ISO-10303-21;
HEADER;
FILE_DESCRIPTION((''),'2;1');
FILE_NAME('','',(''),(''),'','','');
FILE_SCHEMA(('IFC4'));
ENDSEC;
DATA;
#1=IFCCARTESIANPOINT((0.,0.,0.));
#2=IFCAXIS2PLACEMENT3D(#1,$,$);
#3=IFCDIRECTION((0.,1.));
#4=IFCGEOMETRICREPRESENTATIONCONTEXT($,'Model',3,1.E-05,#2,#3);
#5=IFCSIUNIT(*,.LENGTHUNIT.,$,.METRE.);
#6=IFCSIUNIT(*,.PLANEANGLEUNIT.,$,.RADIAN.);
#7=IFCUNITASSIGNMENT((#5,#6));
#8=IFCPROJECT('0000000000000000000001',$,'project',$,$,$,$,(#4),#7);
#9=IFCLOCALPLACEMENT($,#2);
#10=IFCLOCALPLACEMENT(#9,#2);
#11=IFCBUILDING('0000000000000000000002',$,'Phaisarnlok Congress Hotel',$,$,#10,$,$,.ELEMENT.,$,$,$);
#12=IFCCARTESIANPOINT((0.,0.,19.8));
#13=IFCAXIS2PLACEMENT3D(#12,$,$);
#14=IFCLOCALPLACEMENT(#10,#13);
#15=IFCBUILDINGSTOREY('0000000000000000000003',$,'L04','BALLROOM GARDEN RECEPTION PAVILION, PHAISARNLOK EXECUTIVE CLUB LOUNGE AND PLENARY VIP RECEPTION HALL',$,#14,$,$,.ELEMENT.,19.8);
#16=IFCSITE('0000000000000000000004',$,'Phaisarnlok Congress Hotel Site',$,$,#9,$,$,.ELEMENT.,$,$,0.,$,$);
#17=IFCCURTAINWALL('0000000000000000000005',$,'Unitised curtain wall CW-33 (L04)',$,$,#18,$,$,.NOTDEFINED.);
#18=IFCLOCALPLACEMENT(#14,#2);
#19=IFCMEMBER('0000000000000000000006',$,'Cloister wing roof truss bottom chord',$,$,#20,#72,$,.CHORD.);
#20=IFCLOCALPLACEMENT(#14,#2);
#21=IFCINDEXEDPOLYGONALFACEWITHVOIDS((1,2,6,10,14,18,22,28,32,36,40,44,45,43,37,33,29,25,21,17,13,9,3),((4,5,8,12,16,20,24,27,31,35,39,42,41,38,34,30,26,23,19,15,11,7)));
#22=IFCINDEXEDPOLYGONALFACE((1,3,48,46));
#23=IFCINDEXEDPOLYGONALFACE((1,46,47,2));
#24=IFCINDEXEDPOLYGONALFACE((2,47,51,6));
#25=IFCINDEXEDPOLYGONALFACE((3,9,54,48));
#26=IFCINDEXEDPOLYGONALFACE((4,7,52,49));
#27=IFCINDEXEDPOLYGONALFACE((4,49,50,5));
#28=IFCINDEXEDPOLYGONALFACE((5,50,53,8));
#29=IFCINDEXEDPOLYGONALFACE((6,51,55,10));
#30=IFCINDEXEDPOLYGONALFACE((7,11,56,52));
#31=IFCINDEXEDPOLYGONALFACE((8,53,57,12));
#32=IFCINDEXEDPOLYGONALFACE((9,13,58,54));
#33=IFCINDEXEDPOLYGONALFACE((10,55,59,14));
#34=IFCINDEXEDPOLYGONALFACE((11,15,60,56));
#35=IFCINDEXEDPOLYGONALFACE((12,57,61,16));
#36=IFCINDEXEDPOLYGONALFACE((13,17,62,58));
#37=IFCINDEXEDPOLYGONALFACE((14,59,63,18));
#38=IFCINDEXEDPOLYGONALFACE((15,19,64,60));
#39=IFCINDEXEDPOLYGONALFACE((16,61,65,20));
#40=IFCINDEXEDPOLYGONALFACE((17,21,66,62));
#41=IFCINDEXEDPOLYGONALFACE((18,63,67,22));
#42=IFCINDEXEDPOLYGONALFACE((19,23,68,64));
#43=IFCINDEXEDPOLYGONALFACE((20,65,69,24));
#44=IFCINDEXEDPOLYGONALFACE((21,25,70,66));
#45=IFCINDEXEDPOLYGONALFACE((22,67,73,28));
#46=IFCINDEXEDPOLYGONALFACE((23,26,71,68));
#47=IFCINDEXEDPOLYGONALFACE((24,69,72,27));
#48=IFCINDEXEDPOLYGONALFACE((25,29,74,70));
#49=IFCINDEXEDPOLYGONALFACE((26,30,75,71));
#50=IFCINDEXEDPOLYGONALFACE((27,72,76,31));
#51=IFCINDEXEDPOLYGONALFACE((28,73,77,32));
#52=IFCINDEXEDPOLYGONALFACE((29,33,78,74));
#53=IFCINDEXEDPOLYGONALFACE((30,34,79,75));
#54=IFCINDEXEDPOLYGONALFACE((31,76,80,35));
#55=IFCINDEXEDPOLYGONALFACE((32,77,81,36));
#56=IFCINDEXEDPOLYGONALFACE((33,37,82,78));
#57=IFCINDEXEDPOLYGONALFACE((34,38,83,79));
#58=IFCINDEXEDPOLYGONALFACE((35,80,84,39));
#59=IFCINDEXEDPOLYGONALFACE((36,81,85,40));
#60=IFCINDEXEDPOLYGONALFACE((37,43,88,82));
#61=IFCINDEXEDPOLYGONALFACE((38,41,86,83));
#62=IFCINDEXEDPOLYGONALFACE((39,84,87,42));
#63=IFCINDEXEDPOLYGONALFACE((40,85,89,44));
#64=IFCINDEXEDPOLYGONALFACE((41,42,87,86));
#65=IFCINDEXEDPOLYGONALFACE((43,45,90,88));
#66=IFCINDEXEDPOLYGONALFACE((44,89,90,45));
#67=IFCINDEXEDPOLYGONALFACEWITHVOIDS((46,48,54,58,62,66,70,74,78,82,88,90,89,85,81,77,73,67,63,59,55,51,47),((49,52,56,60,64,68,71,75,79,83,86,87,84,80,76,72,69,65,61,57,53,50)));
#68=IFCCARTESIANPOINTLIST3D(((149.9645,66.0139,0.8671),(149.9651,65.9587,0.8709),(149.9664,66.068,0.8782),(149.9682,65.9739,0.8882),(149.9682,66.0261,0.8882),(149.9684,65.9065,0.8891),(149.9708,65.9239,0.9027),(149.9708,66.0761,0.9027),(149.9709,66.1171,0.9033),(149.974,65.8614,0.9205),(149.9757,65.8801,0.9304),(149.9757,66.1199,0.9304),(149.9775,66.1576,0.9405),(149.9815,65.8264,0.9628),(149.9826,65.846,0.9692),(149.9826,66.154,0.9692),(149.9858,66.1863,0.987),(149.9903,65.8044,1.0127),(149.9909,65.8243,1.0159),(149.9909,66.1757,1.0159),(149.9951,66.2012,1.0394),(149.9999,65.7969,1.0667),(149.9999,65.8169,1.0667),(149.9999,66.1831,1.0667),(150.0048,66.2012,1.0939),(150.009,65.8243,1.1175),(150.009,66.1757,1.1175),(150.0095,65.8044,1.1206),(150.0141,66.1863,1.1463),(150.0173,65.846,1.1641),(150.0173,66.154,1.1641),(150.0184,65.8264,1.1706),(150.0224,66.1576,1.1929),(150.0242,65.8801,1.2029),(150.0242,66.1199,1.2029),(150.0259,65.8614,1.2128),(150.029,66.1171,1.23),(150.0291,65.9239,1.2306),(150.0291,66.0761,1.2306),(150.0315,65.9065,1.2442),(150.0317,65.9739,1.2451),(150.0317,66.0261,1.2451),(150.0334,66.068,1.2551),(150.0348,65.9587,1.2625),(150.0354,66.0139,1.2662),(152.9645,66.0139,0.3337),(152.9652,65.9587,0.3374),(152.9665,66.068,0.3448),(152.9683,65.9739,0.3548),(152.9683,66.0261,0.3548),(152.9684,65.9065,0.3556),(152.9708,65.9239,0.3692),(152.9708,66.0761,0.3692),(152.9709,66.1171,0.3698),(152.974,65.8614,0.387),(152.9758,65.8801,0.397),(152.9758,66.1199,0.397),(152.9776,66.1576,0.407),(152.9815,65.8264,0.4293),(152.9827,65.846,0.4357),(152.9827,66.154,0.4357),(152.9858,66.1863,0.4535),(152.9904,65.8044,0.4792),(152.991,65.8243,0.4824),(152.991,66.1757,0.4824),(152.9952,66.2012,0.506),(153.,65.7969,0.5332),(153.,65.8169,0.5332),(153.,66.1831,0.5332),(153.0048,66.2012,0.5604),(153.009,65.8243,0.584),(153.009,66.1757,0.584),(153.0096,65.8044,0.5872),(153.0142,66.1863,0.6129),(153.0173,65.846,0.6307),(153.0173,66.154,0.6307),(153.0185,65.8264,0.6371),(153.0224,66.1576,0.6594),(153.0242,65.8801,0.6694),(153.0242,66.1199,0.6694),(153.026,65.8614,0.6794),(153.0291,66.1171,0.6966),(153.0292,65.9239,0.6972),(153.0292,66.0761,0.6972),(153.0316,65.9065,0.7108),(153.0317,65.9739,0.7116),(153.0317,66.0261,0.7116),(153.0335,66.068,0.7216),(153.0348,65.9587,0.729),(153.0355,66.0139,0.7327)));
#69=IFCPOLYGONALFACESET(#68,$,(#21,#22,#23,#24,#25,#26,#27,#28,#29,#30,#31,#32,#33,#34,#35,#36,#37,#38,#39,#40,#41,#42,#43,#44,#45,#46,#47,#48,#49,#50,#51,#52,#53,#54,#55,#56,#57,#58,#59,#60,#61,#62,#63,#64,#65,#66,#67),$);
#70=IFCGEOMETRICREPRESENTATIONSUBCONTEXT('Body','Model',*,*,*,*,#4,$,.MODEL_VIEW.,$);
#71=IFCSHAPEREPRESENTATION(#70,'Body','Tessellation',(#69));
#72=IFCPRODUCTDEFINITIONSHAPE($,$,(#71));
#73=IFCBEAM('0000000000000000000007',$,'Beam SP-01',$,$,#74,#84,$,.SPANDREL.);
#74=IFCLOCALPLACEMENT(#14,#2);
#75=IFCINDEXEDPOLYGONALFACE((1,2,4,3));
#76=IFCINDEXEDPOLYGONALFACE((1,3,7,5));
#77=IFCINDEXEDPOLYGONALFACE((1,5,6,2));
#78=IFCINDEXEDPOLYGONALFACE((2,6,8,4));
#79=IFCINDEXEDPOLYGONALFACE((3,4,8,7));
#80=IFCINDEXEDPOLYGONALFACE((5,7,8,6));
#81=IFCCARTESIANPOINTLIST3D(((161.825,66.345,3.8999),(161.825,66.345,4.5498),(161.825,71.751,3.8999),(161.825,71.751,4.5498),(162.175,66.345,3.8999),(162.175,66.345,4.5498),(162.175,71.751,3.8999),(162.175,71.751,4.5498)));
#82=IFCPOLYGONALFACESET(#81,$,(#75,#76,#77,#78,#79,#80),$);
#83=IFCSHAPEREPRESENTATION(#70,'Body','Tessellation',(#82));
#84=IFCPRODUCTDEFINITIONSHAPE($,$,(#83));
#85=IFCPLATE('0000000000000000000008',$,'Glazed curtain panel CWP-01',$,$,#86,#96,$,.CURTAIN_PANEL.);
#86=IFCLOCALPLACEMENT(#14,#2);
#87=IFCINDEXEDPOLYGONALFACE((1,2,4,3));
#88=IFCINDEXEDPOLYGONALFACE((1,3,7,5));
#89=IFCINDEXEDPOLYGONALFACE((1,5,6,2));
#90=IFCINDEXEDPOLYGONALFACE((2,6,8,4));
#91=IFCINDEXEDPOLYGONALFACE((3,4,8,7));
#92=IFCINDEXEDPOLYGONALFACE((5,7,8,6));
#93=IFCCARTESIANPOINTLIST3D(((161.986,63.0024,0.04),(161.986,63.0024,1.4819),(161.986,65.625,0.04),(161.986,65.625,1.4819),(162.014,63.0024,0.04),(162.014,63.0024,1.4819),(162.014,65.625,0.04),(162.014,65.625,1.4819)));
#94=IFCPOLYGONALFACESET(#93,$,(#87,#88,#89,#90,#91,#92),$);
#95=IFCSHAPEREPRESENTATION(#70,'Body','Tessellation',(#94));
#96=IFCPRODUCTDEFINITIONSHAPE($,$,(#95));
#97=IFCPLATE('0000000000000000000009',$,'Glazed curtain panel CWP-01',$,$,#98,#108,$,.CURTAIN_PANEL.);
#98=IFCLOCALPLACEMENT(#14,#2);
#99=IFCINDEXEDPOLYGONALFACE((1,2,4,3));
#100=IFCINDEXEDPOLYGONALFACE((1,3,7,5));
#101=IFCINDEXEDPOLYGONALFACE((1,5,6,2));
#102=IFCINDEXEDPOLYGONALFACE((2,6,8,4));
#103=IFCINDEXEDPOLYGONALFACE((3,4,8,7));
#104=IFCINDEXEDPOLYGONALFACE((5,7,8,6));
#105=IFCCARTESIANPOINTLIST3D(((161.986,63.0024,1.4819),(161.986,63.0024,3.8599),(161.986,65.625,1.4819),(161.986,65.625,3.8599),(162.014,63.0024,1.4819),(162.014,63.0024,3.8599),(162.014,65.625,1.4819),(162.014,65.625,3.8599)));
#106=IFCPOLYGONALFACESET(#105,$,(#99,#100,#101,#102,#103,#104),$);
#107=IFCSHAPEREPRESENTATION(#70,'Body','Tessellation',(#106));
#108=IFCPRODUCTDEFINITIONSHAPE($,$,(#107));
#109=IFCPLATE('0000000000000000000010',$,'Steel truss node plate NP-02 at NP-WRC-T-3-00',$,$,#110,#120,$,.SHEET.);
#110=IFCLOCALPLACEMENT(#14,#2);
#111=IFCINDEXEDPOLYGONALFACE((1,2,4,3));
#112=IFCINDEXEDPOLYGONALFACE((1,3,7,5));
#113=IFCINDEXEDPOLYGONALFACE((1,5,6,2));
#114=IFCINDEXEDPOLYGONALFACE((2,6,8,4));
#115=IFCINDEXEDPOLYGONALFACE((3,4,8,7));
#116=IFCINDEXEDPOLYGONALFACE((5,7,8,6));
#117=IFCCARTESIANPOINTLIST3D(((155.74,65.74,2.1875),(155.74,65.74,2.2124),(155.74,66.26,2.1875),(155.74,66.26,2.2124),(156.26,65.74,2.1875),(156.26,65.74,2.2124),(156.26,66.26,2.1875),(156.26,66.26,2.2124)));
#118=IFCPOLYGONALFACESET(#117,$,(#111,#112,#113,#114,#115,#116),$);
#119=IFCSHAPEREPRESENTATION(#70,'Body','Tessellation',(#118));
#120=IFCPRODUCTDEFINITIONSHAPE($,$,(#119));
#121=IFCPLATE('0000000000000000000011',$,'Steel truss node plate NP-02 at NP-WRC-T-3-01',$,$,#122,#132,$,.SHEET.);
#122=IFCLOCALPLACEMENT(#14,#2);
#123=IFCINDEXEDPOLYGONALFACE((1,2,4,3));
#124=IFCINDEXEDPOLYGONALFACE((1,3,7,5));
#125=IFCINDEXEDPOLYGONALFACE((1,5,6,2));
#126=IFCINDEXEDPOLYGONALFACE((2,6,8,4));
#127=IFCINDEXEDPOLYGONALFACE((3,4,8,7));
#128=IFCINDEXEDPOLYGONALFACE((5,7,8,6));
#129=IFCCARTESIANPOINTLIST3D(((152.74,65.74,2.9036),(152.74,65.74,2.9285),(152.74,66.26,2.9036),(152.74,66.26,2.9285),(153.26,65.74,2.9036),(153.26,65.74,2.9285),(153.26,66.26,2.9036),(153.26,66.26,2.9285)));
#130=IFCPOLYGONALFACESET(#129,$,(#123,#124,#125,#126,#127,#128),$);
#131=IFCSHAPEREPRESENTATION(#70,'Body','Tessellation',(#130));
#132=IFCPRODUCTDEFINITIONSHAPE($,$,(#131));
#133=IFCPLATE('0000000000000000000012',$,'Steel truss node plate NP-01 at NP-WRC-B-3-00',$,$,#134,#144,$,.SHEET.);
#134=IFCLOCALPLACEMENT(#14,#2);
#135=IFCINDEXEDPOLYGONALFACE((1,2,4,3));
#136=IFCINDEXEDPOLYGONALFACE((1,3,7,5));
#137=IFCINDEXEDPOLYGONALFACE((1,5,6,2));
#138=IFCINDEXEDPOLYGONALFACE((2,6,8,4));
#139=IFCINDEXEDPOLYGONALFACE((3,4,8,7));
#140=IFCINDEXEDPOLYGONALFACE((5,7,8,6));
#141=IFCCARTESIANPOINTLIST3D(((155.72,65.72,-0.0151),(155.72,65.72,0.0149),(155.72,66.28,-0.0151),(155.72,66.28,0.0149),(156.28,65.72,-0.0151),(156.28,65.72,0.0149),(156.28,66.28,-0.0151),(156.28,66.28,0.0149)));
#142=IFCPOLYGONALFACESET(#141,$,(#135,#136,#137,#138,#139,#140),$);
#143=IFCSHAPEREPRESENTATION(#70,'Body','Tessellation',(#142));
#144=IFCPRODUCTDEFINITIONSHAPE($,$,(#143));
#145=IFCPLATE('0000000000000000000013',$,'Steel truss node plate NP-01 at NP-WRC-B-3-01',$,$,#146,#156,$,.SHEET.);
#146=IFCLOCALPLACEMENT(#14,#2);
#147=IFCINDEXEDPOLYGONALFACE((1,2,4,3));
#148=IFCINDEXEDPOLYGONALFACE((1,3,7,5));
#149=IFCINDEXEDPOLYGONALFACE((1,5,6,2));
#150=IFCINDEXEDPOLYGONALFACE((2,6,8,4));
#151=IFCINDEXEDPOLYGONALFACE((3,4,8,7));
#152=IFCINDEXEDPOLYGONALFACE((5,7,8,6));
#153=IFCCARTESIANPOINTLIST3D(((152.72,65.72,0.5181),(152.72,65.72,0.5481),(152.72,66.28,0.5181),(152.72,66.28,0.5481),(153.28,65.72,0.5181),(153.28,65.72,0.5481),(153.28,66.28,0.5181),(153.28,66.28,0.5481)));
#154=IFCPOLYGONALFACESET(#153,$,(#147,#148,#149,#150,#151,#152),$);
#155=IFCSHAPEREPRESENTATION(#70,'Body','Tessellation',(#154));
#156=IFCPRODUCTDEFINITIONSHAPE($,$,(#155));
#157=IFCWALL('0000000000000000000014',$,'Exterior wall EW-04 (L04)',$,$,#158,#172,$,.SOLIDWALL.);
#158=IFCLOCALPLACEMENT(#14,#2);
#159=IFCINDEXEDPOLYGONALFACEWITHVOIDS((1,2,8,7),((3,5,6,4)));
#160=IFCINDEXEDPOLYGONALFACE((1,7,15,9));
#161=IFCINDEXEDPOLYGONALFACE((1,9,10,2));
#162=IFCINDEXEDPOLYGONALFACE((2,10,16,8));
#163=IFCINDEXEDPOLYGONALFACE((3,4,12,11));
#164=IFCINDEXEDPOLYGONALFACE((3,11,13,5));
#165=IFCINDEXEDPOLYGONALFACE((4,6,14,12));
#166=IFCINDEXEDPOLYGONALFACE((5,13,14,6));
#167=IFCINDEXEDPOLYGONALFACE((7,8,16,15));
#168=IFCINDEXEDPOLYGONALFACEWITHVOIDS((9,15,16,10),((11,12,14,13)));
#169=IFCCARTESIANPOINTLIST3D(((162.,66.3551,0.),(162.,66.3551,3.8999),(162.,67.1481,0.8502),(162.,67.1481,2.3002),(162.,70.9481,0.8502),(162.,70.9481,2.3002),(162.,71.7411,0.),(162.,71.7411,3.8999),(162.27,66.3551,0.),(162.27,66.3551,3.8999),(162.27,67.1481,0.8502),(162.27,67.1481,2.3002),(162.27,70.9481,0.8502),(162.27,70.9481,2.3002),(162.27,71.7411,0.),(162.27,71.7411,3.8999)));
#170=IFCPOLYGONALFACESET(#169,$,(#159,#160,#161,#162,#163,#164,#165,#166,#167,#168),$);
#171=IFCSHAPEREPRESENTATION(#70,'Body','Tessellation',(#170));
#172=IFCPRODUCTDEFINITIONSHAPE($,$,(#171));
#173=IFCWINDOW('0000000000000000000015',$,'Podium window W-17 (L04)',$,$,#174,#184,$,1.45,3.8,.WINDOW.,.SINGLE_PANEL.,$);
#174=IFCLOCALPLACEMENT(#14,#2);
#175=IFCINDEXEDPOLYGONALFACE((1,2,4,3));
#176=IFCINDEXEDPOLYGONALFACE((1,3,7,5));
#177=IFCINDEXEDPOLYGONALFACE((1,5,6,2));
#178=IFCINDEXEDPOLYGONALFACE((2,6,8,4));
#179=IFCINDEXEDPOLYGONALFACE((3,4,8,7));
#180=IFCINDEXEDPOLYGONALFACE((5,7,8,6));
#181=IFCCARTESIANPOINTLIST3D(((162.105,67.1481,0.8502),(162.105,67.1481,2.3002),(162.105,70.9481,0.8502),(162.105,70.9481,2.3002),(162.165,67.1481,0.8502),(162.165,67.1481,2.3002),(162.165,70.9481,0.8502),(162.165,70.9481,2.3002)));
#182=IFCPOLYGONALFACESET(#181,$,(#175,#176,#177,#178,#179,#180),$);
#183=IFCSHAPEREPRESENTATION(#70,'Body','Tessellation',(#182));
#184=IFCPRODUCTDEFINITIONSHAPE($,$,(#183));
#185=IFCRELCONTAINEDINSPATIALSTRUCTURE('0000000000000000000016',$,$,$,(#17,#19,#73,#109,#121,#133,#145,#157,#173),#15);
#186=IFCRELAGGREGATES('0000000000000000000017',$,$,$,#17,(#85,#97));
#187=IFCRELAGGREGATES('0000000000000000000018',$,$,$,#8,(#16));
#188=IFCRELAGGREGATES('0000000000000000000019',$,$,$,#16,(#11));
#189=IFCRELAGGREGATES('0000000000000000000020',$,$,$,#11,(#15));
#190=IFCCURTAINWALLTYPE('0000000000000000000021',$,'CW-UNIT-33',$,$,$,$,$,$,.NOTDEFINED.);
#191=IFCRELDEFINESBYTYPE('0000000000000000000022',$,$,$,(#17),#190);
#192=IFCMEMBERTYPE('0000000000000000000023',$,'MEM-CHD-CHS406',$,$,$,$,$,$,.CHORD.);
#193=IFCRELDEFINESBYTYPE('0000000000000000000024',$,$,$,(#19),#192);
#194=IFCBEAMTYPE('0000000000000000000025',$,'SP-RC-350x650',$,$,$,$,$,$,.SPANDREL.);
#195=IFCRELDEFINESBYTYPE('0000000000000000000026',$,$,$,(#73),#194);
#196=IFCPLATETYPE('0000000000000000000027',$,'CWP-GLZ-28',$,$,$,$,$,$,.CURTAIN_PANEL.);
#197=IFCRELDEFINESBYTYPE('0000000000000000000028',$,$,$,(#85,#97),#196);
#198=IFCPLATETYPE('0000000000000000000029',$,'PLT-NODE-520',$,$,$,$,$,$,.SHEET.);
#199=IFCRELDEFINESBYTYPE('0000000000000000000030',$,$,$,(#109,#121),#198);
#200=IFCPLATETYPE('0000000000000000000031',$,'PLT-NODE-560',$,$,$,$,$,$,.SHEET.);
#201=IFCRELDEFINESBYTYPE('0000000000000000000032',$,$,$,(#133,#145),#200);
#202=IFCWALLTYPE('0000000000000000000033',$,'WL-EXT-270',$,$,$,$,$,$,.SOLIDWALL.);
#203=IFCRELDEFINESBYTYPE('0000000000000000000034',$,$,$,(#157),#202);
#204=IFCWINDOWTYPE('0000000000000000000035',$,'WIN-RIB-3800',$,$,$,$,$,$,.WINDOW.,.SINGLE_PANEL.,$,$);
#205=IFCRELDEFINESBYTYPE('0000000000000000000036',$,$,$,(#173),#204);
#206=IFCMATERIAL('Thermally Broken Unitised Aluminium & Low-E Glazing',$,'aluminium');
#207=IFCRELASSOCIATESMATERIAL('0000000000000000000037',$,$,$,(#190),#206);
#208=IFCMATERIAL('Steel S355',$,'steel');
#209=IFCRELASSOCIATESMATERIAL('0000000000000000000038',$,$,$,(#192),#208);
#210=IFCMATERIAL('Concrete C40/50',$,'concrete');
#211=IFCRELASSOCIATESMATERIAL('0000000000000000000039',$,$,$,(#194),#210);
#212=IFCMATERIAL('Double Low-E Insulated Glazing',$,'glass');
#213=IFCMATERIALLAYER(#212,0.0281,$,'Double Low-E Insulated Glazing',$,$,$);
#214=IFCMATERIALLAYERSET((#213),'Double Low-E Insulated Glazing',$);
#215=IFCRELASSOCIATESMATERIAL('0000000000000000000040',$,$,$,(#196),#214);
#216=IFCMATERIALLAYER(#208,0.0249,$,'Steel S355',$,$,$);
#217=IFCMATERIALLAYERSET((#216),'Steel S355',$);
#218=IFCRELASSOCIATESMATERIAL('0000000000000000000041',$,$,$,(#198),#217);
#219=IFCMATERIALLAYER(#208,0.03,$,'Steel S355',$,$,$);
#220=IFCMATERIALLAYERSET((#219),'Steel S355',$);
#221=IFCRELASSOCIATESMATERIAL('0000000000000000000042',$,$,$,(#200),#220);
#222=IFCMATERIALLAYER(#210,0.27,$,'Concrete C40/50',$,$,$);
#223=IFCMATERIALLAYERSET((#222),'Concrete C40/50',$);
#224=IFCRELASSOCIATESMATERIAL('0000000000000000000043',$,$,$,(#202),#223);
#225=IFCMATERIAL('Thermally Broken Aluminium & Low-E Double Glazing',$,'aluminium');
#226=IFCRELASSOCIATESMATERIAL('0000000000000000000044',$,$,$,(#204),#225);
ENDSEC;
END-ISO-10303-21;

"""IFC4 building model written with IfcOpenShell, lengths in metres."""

from ifc_helpers import new_model, si_unit, direction, frame, frame_2d, origin, origin_2d, place, context, subcontext, project, spatial, rectangle, hollow_circle, extrude, material, layer, layer_set, material_profile, profile_set, type_object, element, fill, aggregate, save


model = new_model("IFC4")

# Units and contexts
model_context = context("Model", 3, precision=1e-05, world=origin(), true_north=direction((0.0, 1.0)))
body_context = subcontext(model_context, "Body", "Model", "MODEL_VIEW")
ifc_project = project(units=[si_unit("LENGTHUNIT", "METRE"), si_unit("PLANEANGLEUNIT", "RADIAN")], contexts=[model_context])

# Site, building, storey
site_placement = place(None, origin())
site = spatial("IfcSite", under=ifc_project, at=site_placement, Name="Phaisarnlok Congress Hotel Site", CompositionType="ELEMENT", RefElevation=0.0)
building_placement = place(site_placement, origin())
building = spatial("IfcBuilding", under=site, at=building_placement, Name="Phaisarnlok Congress Hotel", CompositionType="ELEMENT")
storey_placement = place(building_placement, frame((0.0, 0.0, 19.8)))
storey = spatial("IfcBuildingStorey", under=building, at=storey_placement, Name="L04", Description="BALLROOM GARDEN RECEPTION PAVILION, PHAISARNLOK EXECUTIVE CLUB LOUNGE AND PLENARY VIP RECEPTION HALL", CompositionType="ELEMENT", Elevation=19.8)

# Curtain wall
ifc_material_1 = material(Name="Thermally Broken Unitised Aluminium & Low-E Glazing", Category="aluminium")
curtain_wall_type = type_object("IfcCurtainWallType", Name="CW-UNIT-33", PredefinedType="NOTDEFINED", material=ifc_material_1)
curtain_wall_placement = place(storey_placement, origin())
curtain_wall = element("IfcCurtainWall", 1, at=curtain_wall_placement, inside=storey, type_object=curtain_wall_type, Name="Unitised curtain wall CW-33 (L04)", PredefinedType="NOTDEFINED")

# Shared definitions
ifc_material_2 = material(Name="Steel S355", Category="steel")

# Member
ifc_material_profile_1 = material_profile(ifc_material_2, hollow_circle(Radius=0.2031, WallThickness=0.02, at=origin_2d()), Name="CHS 406.4x20")
ifc_profile_set_1 = profile_set([ifc_material_profile_1], Name="Steel S355")
member_type_1 = type_object("IfcMemberType", Name="MEM-CHD-CHS406", PredefinedType="CHORD", material=ifc_profile_set_1)
for number, where, z_axis, x_axis, name in (
    (2, (153.0, 66.0, 0.5332), (-0.984556, 0.0, 0.17507), (0.0, -1.0, 0.0), "Cloister wing roof truss bottom chord"),
):
    element("IfcMember", number, at=place(storey_placement, frame(where, z_axis=z_axis, x_axis=x_axis)), inside=storey, type_object=member_type_1, Name=name, PredefinedType="CHORD", context=body_context, shape_type="SweptSolid", body=[
        extrude(hollow_circle(Radius=0.2031, WallThickness=0.02, at=origin_2d()), origin(), (0.0, 0.0, 1.0), 3.0471),
    ])

# Beam
ifc_material_3 = material(Name="Concrete C40/50", Category="concrete")
ifc_material_profile_2 = material_profile(ifc_material_3, rectangle(XDim=0.3501, YDim=0.6499, at=origin_2d()), Name="RC 350x650")
ifc_profile_set_2 = profile_set([ifc_material_profile_2], Name="Concrete C40/50")
beam_type_1 = type_object("IfcBeamType", Name="SP-RC-350x650", PredefinedType="SPANDREL", material=ifc_profile_set_2)
beam_placement = place(storey_placement, frame((162.0, 66.345, 4.2249), z_axis=(0.0, 1.0, 0.0), x_axis=(-1.0, 0.0, 0.0)))
element("IfcBeam", 3, at=beam_placement, inside=storey, type_object=beam_type_1, Name="Beam SP-01", PredefinedType="SPANDREL", context=body_context, shape_type="SweptSolid", body=[
    extrude(rectangle(XDim=0.3501, YDim=0.6499, at=origin_2d()), origin(), (0.0, 0.0, 1.0), 5.406),
])

# Plates
ifc_material_4 = material(Name="Double Low-E Insulated Glazing", Category="glass")
ifc_layer_1 = layer(ifc_material_4, 0.0281, Name="Double Low-E Insulated Glazing")
ifc_layer_set_1 = layer_set([ifc_layer_1], Name="Double Low-E Insulated Glazing")
plate_type_1 = type_object("IfcPlateType", Name="CWP-GLZ-28", PredefinedType="CURTAIN_PANEL", material=ifc_layer_set_1)
plate_1_placement = place(storey_placement, frame((162.0, 65.625, 0.04), z_axis=(0.0, 0.0, 1.0), x_axis=(0.0, -1.0, 0.0)))
plate_1 = element("IfcPlate", 4, at=plate_1_placement, type_object=plate_type_1, Name="Glazed curtain panel CWP-01", PredefinedType="CURTAIN_PANEL", context=body_context, shape_type="SweptSolid", body=[
    extrude(rectangle(XDim=2.6226, YDim=0.0281, at=frame_2d((1.3113, 0.0))), origin(), (0.0, 0.0, 1.0), 1.4419),
])
plate_2_placement = place(storey_placement, frame((162.0, 65.625, 1.4819), z_axis=(0.0, 0.0, 1.0), x_axis=(0.0, -1.0, 0.0)))
plate_2 = element("IfcPlate", 5, at=plate_2_placement, type_object=plate_type_1, Name="Glazed curtain panel CWP-01", PredefinedType="CURTAIN_PANEL", context=body_context, shape_type="SweptSolid", body=[
    extrude(rectangle(XDim=2.6226, YDim=0.0281, at=frame_2d((1.3113, 0.0))), origin(), (0.0, 0.0, 1.0), 2.3779),
])
aggregate(curtain_wall, [plate_1, plate_2])

# Plates
ifc_layer_2 = layer(ifc_material_2, 0.0249, Name="Steel S355")
ifc_layer_set_2 = layer_set([ifc_layer_2], Name="Steel S355")
plate_type_2 = type_object("IfcPlateType", Name="PLT-NODE-520", PredefinedType="SHEET", material=ifc_layer_set_2)
for number, where, z_axis, x_axis, name in (
    (6, (156.0, 66.0, 2.1875), (0.0, 0.0, 1.0), (1.0, 0.0, 0.0), "Steel truss node plate NP-02 at NP-WRC-T-3-00"),
    (7, (153.0, 66.0, 2.9036), (0.0, 0.0, 1.0), (1.0, 0.0, 0.0), "Steel truss node plate NP-02 at NP-WRC-T-3-01"),
):
    element("IfcPlate", number, at=place(storey_placement, frame(where, z_axis=z_axis, x_axis=x_axis)), inside=storey, type_object=plate_type_2, Name=name, PredefinedType="SHEET", context=body_context, shape_type="SweptSolid", body=[
        extrude(rectangle(XDim=0.52, YDim=0.52, at=origin_2d()), origin(), (0.0, 0.0, 1.0), 0.0249),
    ])
ifc_layer_3 = layer(ifc_material_2, 0.03, Name="Steel S355")
ifc_layer_set_3 = layer_set([ifc_layer_3], Name="Steel S355")
plate_type_3 = type_object("IfcPlateType", Name="PLT-NODE-560", PredefinedType="SHEET", material=ifc_layer_set_3)
for number, where, z_axis, x_axis, name in (
    (8, (156.0, 66.0, -0.0151), (0.0, 0.0, 1.0), (1.0, 0.0, 0.0), "Steel truss node plate NP-01 at NP-WRC-B-3-00"),
    (9, (153.0, 66.0, 0.5181), (0.0, 0.0, 1.0), (1.0, 0.0, 0.0), "Steel truss node plate NP-01 at NP-WRC-B-3-01"),
):
    element("IfcPlate", number, at=place(storey_placement, frame(where, z_axis=z_axis, x_axis=x_axis)), inside=storey, type_object=plate_type_3, Name=name, PredefinedType="SHEET", context=body_context, shape_type="SweptSolid", body=[
        extrude(rectangle(XDim=0.5601, YDim=0.5601, at=origin_2d()), origin(), (0.0, 0.0, 1.0), 0.03),
    ])

# Wall, opening, window
ifc_layer_4 = layer(ifc_material_3, 0.27, Name="Concrete C40/50")
ifc_layer_set_4 = layer_set([ifc_layer_4], Name="Concrete C40/50")
wall_type = type_object("IfcWallType", Name="WL-EXT-270", PredefinedType="SOLIDWALL", material=ifc_layer_set_4)
wall_placement = place(storey_placement, frame((162.135, 71.741, 0.0), z_axis=(0.0, 0.0, 1.0), x_axis=(0.0, -1.0, 0.0)))
wall = element("IfcWall", 10, at=wall_placement, inside=storey, type_object=wall_type, Name="Exterior wall EW-04 (L04)", PredefinedType="SOLIDWALL", context=body_context, shape_type="SweptSolid", body=[
    extrude(rectangle(XDim=5.386, YDim=0.27, at=frame_2d((2.6929, 0.0))), origin(), (0.0, 0.0, 1.0), 3.8999),
])
opening_placement = place(wall_placement, frame((0.793, 0.0, 0.8501)))
opening = element("IfcOpeningElement", 11, at=opening_placement, cuts=wall, PredefinedType="OPENING", context=body_context, shape_type="SweptSolid", body=[
    extrude(rectangle(XDim=3.8, YDim=1.45, at=frame_2d((1.8999, 0.7251))), frame((0.0, 0.145, 0.0), z_axis=(0.0, -1.0, 0.0), x_axis=(1.0, 0.0, 0.0)), (0.0, 0.0, 1.0), 0.29),
])
ifc_material_5 = material(Name="Thermally Broken Aluminium & Low-E Double Glazing", Category="aluminium")
window_type = type_object("IfcWindowType", Name="WIN-RIB-3800", PartitioningType="SINGLE_PANEL", PredefinedType="WINDOW", material=ifc_material_5)
window_placement = place(opening_placement, origin())
window = element("IfcWindow", 12, at=window_placement, inside=storey, type_object=window_type, Name="Podium window W-17 (L04)", OverallHeight=1.45, OverallWidth=3.8, PartitioningType="SINGLE_PANEL", PredefinedType="WINDOW", context=body_context, shape_type="SweptSolid", body=[
    extrude(rectangle(XDim=3.8, YDim=1.45, at=frame_2d((1.8999, 0.7251))), frame((0.0, 0.03, 0.0), z_axis=(0.0, -1.0, 0.0), x_axis=(1.0, 0.0, 0.0)), (0.0, 0.0, 1.0), 0.0601),
])
fill(opening, window)

save(model, "model.ifc")
